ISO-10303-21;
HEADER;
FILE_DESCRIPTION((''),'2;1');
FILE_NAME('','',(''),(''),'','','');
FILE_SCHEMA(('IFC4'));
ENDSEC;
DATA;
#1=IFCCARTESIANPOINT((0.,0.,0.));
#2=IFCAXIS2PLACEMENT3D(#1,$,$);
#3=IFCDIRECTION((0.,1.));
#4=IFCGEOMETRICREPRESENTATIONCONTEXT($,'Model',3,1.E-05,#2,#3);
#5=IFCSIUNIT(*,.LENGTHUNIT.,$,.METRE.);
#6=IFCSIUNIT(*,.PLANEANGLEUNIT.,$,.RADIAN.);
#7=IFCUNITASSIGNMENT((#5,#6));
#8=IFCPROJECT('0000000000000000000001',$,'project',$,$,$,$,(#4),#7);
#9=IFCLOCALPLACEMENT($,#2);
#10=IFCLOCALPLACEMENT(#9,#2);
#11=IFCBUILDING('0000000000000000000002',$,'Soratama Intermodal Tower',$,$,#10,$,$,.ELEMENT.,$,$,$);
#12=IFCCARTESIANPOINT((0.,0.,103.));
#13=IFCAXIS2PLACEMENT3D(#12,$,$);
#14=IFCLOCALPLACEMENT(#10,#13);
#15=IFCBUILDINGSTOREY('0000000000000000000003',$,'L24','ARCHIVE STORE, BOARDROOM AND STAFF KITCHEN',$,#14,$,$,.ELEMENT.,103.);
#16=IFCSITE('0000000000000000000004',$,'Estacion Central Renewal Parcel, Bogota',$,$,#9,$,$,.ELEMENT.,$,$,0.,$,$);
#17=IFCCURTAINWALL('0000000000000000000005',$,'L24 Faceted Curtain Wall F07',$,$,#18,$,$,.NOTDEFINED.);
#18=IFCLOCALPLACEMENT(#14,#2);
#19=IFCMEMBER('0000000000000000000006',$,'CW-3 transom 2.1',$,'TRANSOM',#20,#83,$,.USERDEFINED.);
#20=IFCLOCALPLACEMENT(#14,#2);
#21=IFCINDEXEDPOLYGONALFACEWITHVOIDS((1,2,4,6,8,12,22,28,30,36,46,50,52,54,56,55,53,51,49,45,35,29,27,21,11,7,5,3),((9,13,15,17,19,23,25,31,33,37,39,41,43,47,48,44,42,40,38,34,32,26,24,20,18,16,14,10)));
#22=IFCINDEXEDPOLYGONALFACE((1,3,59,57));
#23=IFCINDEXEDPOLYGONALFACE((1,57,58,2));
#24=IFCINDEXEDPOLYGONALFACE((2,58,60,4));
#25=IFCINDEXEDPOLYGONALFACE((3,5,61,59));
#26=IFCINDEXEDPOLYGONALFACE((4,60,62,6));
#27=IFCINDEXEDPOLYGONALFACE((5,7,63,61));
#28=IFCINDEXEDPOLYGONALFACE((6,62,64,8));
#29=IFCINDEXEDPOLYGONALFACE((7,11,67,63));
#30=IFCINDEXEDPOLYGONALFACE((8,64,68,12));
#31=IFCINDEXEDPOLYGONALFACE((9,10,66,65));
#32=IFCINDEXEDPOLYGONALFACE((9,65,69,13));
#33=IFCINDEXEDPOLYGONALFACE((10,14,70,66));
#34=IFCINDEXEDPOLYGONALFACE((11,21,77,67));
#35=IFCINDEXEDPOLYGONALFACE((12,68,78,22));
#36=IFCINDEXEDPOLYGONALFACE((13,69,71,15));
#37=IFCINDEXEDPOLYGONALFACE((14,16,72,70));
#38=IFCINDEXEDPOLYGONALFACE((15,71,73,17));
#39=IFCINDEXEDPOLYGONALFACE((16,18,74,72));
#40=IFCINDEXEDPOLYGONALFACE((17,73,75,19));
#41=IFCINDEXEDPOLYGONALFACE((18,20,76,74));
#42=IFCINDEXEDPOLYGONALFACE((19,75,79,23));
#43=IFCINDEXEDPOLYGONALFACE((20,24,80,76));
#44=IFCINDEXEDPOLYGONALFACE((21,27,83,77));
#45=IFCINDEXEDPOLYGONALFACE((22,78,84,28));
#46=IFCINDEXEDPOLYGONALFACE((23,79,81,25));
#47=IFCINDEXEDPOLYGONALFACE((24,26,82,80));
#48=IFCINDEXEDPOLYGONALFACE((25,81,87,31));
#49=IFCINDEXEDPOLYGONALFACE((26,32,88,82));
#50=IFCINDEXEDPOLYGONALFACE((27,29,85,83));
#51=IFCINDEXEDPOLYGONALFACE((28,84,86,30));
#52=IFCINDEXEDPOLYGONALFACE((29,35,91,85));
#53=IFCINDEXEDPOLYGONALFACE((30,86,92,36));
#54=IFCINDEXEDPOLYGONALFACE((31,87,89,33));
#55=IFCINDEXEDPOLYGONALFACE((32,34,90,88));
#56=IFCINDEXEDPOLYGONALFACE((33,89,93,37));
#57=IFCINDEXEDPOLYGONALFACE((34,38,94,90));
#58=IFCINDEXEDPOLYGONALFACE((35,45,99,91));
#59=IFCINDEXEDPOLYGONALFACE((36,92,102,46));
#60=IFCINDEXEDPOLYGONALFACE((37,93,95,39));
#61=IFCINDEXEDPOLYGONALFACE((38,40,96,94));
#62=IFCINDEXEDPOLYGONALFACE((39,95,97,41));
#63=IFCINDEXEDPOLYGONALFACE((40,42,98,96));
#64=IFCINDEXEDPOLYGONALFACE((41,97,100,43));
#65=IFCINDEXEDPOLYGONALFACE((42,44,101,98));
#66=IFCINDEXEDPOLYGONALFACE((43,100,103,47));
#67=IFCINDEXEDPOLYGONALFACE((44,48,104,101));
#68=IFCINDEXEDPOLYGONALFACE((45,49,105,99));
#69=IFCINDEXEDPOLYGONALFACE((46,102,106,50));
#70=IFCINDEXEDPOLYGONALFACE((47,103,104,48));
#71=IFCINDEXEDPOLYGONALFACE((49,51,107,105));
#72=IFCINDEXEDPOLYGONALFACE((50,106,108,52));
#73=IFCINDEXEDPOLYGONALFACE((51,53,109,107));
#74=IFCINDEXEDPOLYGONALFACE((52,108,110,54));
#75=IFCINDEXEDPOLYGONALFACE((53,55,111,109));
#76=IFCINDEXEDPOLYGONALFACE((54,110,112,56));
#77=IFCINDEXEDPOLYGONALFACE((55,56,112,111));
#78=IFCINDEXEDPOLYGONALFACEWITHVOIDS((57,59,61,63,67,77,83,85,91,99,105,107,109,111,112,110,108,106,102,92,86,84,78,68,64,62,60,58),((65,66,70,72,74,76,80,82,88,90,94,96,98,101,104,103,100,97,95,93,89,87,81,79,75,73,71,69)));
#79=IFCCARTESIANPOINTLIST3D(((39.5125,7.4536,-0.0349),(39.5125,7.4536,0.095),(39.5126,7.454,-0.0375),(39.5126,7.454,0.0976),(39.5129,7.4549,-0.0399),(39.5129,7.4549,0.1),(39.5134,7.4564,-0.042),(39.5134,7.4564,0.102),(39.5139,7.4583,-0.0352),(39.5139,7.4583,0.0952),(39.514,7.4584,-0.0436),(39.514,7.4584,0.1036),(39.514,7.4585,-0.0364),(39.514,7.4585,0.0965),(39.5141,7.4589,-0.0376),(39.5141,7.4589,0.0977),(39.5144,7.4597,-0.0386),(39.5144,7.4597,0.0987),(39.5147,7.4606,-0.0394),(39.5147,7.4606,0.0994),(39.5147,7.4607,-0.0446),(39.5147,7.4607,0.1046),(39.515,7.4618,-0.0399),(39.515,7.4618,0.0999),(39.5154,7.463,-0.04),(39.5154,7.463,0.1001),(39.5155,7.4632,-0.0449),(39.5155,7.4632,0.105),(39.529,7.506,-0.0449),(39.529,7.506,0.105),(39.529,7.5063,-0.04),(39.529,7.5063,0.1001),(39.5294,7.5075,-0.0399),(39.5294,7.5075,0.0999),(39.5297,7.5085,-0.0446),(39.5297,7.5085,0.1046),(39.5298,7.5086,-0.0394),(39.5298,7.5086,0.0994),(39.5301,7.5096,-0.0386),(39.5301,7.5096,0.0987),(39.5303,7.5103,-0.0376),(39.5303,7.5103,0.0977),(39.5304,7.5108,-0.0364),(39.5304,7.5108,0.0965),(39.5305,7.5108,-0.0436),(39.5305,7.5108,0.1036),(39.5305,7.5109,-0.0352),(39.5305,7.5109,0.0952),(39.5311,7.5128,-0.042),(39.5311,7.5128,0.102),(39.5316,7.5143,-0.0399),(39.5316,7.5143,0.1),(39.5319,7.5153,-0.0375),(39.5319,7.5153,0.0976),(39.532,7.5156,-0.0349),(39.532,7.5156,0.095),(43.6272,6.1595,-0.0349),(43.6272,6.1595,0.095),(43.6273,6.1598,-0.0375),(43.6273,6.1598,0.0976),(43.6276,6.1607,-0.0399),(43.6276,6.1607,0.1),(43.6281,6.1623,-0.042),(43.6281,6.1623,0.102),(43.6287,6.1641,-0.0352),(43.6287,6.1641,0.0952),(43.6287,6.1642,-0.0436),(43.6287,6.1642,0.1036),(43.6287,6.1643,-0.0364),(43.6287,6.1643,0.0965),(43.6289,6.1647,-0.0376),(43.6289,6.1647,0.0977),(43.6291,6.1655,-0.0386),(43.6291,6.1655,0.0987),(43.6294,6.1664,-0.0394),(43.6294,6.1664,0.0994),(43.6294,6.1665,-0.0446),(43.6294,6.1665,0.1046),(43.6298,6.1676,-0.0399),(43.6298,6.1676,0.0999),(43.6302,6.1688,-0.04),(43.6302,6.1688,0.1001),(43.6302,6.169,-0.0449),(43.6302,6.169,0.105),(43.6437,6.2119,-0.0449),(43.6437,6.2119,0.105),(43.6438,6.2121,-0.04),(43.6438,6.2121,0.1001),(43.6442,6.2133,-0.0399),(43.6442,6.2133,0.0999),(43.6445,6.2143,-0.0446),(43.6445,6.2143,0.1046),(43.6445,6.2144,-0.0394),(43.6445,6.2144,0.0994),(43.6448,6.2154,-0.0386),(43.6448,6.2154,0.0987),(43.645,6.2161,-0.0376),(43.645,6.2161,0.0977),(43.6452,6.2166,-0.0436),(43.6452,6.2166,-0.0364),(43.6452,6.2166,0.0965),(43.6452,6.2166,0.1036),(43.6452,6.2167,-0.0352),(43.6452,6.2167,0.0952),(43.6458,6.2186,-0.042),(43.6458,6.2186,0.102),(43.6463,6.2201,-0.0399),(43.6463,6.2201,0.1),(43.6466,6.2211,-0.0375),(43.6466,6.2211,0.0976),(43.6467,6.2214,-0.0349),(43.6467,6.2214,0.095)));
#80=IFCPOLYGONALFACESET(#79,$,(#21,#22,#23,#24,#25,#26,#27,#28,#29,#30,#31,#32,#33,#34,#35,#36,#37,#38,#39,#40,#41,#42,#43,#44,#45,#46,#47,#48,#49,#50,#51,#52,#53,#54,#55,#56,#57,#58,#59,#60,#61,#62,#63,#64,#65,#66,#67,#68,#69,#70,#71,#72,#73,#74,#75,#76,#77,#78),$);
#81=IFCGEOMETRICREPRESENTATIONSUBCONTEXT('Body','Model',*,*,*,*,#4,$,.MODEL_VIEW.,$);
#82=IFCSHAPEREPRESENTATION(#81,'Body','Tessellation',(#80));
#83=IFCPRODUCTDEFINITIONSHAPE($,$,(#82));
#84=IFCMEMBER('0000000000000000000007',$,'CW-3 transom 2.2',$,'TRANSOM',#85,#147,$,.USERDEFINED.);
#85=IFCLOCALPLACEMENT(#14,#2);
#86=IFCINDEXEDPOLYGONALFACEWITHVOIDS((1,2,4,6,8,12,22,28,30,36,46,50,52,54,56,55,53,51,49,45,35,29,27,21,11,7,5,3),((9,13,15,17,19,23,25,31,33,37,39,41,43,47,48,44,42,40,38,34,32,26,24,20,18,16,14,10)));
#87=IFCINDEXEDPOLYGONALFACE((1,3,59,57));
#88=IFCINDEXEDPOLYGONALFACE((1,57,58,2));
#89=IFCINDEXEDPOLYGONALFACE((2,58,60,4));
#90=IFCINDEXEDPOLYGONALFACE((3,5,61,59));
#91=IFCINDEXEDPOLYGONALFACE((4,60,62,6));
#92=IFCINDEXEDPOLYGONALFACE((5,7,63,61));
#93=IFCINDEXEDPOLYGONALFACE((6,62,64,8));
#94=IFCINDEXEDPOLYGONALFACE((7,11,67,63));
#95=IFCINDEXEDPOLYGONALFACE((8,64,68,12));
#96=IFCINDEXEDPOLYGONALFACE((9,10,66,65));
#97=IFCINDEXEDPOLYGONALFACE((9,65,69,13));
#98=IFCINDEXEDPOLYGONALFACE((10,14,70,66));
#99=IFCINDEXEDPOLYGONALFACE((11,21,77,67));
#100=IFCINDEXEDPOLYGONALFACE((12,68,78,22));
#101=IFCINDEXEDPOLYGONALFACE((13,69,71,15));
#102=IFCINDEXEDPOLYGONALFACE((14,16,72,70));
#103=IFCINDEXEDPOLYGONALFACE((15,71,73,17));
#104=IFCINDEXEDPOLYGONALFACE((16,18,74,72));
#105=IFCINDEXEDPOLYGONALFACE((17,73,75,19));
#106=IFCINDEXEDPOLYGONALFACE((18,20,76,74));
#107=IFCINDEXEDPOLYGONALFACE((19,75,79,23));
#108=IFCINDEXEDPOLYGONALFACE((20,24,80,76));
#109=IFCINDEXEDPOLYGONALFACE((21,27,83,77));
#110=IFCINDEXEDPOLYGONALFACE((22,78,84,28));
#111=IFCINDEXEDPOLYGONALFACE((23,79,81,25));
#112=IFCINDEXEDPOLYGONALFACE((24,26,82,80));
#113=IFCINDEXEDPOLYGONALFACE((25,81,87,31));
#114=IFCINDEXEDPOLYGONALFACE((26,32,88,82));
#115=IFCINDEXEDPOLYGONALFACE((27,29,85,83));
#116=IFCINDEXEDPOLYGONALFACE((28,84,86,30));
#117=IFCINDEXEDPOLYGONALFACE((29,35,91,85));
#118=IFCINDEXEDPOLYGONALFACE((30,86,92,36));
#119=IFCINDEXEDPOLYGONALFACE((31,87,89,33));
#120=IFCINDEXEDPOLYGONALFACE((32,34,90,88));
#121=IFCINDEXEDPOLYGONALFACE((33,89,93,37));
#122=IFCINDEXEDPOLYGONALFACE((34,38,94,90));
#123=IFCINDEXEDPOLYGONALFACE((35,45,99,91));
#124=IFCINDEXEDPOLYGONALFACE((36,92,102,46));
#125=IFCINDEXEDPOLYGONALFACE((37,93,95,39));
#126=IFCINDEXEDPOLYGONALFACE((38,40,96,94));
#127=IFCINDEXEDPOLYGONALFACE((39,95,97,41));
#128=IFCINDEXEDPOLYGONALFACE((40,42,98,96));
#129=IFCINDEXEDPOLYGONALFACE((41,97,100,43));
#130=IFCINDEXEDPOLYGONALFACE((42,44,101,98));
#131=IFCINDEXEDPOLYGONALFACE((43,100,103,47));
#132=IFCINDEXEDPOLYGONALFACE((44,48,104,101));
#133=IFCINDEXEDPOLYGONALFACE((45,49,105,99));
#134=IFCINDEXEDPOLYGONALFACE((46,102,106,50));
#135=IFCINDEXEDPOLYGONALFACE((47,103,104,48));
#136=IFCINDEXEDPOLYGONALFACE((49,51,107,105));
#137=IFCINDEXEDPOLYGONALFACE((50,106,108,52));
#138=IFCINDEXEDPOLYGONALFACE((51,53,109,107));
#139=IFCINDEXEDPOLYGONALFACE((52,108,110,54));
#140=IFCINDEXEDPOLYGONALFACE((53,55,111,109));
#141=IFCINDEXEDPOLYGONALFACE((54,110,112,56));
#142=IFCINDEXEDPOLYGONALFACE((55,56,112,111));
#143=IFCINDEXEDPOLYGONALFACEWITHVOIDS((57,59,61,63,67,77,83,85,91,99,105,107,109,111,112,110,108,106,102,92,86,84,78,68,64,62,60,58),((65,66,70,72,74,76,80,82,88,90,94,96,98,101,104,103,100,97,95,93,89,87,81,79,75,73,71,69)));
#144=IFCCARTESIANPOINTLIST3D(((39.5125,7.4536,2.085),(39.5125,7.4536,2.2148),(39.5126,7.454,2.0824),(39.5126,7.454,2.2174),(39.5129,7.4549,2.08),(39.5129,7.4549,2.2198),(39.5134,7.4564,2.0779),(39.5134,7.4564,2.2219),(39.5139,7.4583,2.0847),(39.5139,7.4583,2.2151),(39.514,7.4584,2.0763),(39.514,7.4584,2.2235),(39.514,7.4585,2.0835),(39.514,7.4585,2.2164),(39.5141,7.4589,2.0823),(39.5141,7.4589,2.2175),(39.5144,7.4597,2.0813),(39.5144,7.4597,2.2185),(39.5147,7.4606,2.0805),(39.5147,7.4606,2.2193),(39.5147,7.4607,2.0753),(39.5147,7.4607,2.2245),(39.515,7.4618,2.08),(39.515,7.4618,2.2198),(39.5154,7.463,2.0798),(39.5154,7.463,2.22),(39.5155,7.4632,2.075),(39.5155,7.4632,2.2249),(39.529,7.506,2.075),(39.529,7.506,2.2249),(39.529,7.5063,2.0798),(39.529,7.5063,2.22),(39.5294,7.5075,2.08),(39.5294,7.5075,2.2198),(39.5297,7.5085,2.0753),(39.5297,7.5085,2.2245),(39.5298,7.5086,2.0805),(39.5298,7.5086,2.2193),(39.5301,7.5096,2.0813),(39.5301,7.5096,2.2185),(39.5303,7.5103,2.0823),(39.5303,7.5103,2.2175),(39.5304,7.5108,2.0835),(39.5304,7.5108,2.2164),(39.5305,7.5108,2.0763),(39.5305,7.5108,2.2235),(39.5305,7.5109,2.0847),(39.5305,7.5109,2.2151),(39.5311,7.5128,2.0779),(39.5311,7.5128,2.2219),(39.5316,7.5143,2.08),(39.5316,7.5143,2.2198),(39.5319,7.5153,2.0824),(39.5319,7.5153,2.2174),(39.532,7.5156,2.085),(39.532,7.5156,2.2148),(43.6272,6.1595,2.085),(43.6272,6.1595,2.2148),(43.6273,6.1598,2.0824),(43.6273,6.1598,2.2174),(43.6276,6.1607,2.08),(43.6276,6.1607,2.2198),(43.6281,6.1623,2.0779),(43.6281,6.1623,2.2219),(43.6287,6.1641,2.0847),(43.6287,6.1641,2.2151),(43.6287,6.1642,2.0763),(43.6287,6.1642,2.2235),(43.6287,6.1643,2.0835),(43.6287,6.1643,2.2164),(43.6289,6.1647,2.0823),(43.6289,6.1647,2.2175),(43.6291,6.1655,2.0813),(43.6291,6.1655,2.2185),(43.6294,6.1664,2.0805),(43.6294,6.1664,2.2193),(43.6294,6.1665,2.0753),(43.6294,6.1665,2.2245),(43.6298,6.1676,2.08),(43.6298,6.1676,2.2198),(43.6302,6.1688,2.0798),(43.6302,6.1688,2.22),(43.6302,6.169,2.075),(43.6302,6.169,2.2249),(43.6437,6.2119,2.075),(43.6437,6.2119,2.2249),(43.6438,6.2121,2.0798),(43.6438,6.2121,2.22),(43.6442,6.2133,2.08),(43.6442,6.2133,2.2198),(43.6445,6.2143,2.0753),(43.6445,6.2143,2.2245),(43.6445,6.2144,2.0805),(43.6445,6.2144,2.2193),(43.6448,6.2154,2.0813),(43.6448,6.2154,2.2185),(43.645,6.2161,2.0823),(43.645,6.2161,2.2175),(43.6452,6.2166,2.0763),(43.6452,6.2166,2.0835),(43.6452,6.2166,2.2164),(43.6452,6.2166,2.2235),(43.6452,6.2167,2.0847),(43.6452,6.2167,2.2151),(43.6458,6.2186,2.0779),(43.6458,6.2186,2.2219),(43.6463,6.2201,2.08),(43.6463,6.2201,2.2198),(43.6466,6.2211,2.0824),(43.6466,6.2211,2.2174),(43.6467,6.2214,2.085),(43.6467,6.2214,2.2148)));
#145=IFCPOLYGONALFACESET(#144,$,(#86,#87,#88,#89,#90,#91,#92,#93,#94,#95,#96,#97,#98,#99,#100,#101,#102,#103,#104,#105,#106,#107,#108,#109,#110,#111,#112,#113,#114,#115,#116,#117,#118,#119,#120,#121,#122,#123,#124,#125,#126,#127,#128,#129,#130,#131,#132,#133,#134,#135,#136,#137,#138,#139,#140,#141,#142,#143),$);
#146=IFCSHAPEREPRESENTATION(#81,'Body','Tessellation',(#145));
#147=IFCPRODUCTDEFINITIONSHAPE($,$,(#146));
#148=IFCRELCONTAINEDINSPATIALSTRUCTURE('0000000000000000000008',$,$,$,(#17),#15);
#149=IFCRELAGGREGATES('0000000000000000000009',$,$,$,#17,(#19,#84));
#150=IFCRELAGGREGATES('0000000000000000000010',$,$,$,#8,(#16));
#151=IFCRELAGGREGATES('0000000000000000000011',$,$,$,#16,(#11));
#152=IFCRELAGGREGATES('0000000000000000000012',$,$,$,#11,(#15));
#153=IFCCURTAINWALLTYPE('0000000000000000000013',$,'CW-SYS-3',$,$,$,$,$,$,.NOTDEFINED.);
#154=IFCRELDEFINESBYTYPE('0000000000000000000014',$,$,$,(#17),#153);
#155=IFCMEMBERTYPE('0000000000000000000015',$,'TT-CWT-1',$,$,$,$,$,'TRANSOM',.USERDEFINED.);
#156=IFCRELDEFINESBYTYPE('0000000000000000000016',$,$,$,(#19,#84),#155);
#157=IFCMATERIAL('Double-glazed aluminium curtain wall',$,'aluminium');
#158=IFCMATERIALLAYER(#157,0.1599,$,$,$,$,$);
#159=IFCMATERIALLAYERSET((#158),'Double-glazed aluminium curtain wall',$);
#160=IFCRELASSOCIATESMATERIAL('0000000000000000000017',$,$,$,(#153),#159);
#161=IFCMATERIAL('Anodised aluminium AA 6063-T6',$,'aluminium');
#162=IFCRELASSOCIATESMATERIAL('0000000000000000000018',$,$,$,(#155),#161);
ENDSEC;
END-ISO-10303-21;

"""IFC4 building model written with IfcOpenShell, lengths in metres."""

from ifc_helpers import new_model, si_unit, direction, frame, origin, origin_2d, place, context, subcontext, project, spatial, hollow_rectangle, extrude, material, layer, layer_set, material_profile, profile_set, type_object, element, aggregate, save


model = new_model("IFC4")

# Units and contexts
model_context = context("Model", 3, precision=1e-05, world=origin(), true_north=direction((0.0, 1.0)))
body_context = subcontext(model_context, "Body", "Model", "MODEL_VIEW")
ifc_project = project(units=[si_unit("LENGTHUNIT", "METRE"), si_unit("PLANEANGLEUNIT", "RADIAN")], contexts=[model_context])

# Site, building, storey
site_placement = place(None, origin())
site = spatial("IfcSite", under=ifc_project, at=site_placement, Name="Estacion Central Renewal Parcel, Bogota", CompositionType="ELEMENT", RefElevation=0.0)
building_placement = place(site_placement, origin())
building = spatial("IfcBuilding", under=site, at=building_placement, Name="Soratama Intermodal Tower", CompositionType="ELEMENT")
storey_placement = place(building_placement, frame((0.0, 0.0, 103.0)))
storey = spatial("IfcBuildingStorey", under=building, at=storey_placement, Name="L24", Description="ARCHIVE STORE, BOARDROOM AND STAFF KITCHEN", CompositionType="ELEMENT", Elevation=103.0)

# Curtain wall, members
ifc_material_1 = material(Name="Double-glazed aluminium curtain wall", Category="aluminium")
ifc_layer_1 = layer(ifc_material_1, 0.1599)
ifc_layer_set_1 = layer_set([ifc_layer_1], Name="Double-glazed aluminium curtain wall")
curtain_wall_type = type_object("IfcCurtainWallType", Name="CW-SYS-3", PredefinedType="NOTDEFINED", material=ifc_layer_set_1)
curtain_wall_placement = place(storey_placement, origin())
curtain_wall = element("IfcCurtainWall", 1, at=curtain_wall_placement, inside=storey, type_object=curtain_wall_type, Name="L24 Faceted Curtain Wall F07", PredefinedType="NOTDEFINED")
ifc_material_2 = material(Name="Anodised aluminium AA 6063-T6", Category="aluminium")
ifc_material_profile_1 = material_profile(ifc_material_2, hollow_rectangle(XDim=0.0649, YDim=0.1499, WallThickness=0.0049, InnerFilletRadius=0.0049, OuterFilletRadius=0.01, at=origin_2d()), Name="CWT150X65X5")
ifc_profile_set_1 = profile_set([ifc_material_profile_1], Name="Anodised aluminium AA 6063-T6")
member_type_1 = type_object("IfcMemberType", Name="TT-CWT-1", ElementType="TRANSOM", PredefinedType="USERDEFINED", material=ifc_profile_set_1)
member_1_placement = place(storey_placement, frame((39.5222, 7.4846, 0.03), z_axis=(0.953928, -0.300034, 0.0), x_axis=(0.300034, 0.953928, 0.0)))
member_1 = element("IfcMember", 2, at=member_1_placement, type_object=member_type_1, Name="CW-3 transom 2.1", ObjectType="TRANSOM", PredefinedType="USERDEFINED", context=body_context, shape_type="SweptSolid", body=[
    extrude(hollow_rectangle(XDim=0.0649, YDim=0.1499, WallThickness=0.0049, InnerFilletRadius=0.0049, OuterFilletRadius=0.01, at=origin_2d()), origin(), (0.0, 0.0, 1.0), 4.3135),
])
member_2_placement = place(storey_placement, frame((39.5222, 7.4846, 2.1499), z_axis=(0.953928, -0.300034, 0.0), x_axis=(0.300034, 0.953928, 0.0)))
member_2 = element("IfcMember", 3, at=member_2_placement, type_object=member_type_1, Name="CW-3 transom 2.2", ObjectType="TRANSOM", PredefinedType="USERDEFINED", context=body_context, shape_type="SweptSolid", body=[
    extrude(hollow_rectangle(XDim=0.0649, YDim=0.1499, WallThickness=0.0049, InnerFilletRadius=0.0049, OuterFilletRadius=0.01, at=origin_2d()), origin(), (0.0, 0.0, 1.0), 4.3135),
])
aggregate(curtain_wall, [member_1, member_2])

save(model, "model.ifc")
